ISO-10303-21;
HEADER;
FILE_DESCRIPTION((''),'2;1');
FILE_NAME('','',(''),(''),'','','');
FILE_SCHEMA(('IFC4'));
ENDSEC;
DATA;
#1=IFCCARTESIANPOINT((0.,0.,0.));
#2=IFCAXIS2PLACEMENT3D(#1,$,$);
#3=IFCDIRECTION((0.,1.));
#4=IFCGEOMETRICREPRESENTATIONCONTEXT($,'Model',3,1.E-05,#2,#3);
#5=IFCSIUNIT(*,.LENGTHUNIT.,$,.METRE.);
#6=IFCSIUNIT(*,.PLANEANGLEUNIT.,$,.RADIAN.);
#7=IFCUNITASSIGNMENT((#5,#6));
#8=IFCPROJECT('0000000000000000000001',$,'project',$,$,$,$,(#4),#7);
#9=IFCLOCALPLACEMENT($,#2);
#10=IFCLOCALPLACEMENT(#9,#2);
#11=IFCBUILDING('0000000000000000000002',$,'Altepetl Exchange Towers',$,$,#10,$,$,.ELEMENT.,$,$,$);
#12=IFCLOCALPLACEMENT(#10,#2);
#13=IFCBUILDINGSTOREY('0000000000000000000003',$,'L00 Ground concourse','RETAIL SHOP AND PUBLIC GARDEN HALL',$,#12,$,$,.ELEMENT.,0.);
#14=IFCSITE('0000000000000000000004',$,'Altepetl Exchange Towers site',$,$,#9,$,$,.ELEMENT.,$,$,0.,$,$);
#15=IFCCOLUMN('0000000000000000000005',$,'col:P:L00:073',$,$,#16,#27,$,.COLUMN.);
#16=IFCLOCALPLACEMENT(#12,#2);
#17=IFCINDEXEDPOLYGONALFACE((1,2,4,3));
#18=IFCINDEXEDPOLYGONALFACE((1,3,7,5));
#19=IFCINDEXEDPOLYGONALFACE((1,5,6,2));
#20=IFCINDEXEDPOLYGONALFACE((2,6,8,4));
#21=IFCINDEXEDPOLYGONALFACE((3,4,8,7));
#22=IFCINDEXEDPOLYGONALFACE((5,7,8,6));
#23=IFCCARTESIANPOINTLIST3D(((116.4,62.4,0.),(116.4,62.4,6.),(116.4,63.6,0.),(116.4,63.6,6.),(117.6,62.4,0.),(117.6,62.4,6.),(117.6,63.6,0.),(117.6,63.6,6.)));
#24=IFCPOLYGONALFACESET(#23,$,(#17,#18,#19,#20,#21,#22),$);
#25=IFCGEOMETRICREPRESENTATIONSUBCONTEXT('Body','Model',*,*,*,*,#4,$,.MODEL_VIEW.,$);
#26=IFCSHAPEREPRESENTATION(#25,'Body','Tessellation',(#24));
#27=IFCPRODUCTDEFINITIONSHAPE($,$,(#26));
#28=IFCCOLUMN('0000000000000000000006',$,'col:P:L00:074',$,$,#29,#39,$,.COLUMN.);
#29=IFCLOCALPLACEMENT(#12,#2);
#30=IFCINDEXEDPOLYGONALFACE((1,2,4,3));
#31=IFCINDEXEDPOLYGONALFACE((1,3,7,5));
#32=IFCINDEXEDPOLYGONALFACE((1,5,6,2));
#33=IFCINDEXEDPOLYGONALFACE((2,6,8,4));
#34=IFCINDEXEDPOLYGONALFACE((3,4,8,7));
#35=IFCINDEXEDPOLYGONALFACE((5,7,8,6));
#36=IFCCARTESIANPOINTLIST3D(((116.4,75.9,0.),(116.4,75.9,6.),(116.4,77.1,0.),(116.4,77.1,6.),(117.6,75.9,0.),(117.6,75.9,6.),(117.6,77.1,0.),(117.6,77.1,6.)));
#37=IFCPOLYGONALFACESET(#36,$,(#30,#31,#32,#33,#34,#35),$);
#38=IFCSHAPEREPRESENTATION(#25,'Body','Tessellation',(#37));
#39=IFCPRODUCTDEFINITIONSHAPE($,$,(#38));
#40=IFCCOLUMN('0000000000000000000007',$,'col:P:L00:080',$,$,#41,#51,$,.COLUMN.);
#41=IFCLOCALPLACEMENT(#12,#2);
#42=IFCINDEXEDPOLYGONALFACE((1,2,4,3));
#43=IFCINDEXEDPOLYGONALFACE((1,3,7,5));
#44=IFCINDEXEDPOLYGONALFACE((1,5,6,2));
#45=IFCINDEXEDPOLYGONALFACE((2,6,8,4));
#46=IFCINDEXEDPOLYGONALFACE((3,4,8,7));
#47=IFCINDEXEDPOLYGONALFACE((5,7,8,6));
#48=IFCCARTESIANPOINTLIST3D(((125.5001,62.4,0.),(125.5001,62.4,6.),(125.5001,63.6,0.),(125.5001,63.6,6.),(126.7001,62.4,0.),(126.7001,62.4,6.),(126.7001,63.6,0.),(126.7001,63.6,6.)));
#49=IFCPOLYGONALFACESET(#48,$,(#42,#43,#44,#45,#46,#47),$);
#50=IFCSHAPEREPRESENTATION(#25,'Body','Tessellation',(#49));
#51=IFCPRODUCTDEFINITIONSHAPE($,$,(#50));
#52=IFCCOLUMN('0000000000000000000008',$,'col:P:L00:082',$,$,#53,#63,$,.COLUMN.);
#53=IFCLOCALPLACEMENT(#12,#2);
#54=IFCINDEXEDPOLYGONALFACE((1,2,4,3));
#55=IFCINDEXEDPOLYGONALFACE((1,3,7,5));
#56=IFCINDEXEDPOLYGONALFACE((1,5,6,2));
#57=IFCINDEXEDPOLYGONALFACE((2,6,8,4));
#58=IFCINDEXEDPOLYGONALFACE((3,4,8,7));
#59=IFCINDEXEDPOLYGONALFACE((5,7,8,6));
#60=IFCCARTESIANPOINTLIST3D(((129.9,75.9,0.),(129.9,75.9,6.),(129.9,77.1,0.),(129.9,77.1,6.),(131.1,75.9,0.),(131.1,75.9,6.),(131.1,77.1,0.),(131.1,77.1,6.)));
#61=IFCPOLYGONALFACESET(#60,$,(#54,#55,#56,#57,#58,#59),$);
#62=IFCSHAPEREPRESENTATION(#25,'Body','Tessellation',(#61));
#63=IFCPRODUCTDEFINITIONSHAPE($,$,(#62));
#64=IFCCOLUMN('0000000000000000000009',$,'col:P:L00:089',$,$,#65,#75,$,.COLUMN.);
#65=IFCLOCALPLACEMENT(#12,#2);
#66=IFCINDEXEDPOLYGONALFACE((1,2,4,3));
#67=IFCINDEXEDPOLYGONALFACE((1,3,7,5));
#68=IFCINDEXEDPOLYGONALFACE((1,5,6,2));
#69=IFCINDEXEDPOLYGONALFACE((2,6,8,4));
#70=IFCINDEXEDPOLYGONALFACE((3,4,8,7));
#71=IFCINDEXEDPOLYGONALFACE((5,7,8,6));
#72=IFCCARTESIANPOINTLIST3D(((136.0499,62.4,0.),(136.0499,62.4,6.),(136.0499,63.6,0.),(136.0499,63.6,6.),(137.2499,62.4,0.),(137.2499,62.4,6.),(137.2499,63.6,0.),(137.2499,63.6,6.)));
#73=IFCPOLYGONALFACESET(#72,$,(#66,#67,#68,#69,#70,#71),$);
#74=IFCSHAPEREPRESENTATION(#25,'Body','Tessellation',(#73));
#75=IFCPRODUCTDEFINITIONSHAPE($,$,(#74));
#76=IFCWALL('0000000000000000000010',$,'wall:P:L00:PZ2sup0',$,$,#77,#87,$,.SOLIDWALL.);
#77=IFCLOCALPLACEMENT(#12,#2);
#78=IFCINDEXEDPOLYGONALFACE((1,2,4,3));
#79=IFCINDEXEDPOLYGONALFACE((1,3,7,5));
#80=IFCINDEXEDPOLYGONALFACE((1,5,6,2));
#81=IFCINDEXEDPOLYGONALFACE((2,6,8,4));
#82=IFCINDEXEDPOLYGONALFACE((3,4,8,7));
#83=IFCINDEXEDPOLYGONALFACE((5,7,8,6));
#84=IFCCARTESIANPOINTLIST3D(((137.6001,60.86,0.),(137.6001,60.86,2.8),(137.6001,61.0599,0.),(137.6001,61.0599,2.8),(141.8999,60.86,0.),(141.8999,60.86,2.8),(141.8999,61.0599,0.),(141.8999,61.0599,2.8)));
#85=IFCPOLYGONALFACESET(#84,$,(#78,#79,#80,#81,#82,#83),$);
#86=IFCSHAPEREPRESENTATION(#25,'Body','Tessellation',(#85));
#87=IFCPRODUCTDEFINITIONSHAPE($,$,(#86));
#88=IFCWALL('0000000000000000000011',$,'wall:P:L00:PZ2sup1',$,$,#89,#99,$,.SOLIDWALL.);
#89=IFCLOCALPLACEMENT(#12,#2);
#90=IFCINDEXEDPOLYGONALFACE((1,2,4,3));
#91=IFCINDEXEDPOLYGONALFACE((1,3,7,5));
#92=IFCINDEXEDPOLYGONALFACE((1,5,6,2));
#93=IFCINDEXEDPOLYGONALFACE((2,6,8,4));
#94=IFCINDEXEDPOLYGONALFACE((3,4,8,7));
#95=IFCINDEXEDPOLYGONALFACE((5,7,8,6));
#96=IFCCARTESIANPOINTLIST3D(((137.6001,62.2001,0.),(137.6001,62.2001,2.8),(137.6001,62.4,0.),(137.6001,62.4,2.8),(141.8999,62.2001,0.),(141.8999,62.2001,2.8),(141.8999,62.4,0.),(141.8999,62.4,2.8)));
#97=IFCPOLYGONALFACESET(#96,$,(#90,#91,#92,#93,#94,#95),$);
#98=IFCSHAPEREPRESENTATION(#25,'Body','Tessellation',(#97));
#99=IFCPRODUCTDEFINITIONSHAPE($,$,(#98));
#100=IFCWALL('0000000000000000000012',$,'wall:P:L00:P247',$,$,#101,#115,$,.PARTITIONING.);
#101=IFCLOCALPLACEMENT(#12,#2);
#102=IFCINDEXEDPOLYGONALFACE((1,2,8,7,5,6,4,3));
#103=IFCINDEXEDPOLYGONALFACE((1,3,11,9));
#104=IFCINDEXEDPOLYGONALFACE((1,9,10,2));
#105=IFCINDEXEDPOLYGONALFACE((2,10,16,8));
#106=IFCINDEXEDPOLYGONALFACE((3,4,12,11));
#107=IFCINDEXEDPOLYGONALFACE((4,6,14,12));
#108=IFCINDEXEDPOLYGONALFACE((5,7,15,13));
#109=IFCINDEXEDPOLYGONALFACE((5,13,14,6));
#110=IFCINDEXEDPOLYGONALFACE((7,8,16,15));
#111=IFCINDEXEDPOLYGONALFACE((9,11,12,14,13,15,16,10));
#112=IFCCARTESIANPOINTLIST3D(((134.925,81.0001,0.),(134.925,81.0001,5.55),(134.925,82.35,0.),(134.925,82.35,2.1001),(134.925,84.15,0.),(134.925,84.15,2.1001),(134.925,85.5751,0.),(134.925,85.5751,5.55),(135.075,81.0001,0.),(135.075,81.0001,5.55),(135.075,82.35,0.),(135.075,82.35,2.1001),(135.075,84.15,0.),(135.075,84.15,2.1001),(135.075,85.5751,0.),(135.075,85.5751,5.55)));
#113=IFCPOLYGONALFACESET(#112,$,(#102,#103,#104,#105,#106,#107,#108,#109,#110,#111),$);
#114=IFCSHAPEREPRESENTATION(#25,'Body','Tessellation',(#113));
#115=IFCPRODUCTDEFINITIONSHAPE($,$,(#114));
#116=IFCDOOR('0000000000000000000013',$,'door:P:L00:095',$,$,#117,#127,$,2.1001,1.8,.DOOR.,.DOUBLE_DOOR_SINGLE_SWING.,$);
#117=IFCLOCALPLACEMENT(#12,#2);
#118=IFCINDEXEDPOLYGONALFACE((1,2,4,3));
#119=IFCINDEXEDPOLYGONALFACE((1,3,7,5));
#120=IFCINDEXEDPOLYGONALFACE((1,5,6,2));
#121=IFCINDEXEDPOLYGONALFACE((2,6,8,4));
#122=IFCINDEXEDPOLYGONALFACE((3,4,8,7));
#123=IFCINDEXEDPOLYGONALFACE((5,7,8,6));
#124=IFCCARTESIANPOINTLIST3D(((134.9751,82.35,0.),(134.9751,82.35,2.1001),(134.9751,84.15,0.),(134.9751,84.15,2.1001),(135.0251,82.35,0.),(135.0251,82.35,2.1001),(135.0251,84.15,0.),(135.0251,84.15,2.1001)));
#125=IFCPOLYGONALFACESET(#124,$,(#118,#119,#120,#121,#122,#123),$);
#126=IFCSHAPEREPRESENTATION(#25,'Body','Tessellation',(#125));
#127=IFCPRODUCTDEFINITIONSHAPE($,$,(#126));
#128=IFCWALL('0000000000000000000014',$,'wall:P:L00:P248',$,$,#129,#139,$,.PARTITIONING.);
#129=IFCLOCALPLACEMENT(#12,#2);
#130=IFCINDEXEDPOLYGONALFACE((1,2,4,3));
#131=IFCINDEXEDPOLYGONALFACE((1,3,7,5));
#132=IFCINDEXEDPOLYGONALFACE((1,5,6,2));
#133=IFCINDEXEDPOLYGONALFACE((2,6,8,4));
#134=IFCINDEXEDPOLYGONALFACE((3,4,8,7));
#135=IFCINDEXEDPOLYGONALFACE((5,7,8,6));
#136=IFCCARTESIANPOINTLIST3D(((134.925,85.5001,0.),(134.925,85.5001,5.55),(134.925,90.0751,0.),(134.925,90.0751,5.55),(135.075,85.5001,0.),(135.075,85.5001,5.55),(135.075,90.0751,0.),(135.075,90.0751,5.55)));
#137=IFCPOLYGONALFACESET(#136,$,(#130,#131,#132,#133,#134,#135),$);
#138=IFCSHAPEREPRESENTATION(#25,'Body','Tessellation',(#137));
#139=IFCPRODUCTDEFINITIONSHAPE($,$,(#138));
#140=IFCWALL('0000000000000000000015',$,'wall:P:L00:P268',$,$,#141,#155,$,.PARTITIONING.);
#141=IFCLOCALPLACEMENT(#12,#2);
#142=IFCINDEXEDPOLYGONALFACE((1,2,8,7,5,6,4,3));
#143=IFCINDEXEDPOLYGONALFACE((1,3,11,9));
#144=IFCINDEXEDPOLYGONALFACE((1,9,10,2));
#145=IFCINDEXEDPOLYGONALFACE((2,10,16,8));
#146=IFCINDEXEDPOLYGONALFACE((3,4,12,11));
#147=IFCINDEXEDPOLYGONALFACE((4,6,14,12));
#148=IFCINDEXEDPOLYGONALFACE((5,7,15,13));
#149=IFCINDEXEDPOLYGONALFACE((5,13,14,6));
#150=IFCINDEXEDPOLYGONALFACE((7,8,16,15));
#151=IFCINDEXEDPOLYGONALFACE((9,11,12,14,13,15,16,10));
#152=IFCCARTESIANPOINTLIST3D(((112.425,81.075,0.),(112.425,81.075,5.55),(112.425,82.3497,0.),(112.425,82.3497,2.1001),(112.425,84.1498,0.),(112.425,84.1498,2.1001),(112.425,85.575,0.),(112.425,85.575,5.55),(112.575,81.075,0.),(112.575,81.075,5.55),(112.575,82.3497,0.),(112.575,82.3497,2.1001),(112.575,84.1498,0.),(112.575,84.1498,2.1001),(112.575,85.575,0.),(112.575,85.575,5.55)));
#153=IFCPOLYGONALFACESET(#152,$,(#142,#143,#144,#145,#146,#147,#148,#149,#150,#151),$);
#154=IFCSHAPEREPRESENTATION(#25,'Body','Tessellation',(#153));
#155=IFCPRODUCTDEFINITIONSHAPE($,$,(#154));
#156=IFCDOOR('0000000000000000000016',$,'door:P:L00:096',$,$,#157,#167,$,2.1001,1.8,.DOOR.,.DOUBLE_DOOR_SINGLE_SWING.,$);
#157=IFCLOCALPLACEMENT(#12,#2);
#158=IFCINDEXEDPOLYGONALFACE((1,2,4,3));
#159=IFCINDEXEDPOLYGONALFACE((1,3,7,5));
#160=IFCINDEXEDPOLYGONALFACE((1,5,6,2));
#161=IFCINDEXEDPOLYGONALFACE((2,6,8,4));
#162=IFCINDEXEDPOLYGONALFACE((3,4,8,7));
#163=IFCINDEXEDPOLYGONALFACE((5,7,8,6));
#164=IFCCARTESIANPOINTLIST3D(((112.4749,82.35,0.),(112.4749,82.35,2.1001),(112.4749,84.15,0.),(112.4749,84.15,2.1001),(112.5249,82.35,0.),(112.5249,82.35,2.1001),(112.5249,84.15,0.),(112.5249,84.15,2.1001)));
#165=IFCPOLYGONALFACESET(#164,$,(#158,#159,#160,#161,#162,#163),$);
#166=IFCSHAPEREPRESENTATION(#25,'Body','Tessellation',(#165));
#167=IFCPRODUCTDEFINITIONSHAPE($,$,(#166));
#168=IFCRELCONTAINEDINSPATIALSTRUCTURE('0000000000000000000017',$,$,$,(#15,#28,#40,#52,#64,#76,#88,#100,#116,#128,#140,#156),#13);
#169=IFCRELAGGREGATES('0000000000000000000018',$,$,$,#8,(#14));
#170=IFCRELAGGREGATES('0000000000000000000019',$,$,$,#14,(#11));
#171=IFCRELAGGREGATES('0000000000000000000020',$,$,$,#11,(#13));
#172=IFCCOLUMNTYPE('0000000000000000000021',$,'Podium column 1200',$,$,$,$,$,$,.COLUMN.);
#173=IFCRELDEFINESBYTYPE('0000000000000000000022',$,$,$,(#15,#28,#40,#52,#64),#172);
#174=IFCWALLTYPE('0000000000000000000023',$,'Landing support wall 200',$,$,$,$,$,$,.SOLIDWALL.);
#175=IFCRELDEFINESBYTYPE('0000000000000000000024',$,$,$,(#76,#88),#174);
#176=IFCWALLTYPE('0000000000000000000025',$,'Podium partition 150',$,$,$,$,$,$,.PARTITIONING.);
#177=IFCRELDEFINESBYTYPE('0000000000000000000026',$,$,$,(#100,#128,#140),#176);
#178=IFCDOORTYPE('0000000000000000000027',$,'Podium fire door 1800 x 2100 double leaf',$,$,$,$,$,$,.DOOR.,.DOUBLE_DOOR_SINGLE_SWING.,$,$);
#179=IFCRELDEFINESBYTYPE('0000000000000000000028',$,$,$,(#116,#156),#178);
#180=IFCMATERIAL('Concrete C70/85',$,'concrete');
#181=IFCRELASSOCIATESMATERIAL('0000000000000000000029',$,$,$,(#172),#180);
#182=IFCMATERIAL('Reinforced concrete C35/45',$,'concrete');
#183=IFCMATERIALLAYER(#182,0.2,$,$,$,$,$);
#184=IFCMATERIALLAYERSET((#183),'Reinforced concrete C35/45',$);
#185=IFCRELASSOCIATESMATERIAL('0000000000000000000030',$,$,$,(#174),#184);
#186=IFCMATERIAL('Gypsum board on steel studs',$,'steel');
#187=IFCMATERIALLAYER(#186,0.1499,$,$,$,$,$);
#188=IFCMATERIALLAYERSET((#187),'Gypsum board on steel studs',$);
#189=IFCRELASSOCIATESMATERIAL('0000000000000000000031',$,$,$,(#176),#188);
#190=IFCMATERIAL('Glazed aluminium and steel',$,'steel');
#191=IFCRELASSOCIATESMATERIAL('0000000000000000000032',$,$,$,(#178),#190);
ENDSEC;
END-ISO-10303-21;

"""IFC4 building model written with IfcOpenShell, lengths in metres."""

from ifc_helpers import new_model, si_unit, direction, frame, frame_2d, origin, origin_2d, place, context, subcontext, project, spatial, rectangle, extrude, material, layer, layer_set, material_profile, profile_set, type_object, element, fill, save


model = new_model("IFC4")

# Units and contexts
model_context = context("Model", 3, precision=1e-05, world=origin(), true_north=direction((0.0, 1.0)))
body_context = subcontext(model_context, "Body", "Model", "MODEL_VIEW")
ifc_project = project(units=[si_unit("LENGTHUNIT", "METRE"), si_unit("PLANEANGLEUNIT", "RADIAN")], contexts=[model_context])

# Site, building, storey
site_placement = place(None, origin())
site = spatial("IfcSite", under=ifc_project, at=site_placement, Name="Altepetl Exchange Towers site", CompositionType="ELEMENT", RefElevation=0.0)
building_placement = place(site_placement, origin())
building = spatial("IfcBuilding", under=site, at=building_placement, Name="Altepetl Exchange Towers", CompositionType="ELEMENT")
storey_placement = place(building_placement, origin())
storey = spatial("IfcBuildingStorey", under=building, at=storey_placement, Name="L00 Ground concourse", Description="RETAIL SHOP AND PUBLIC GARDEN HALL", CompositionType="ELEMENT", Elevation=0.0)

# Columns
ifc_material_1 = material(Name="Concrete C70/85", Category="concrete")
ifc_material_profile = material_profile(ifc_material_1, rectangle(XDim=1.2, YDim=1.2, at=origin_2d()), Name="1200 x 1200")
ifc_profile_set = profile_set([ifc_material_profile], Name="Concrete C70/85")
column_type = type_object("IfcColumnType", Name="Podium column 1200", PredefinedType="COLUMN", material=ifc_profile_set)
for number, where, name in (
    (1, (117.0, 63.0, 0.0), "col:P:L00:073"),
    (2, (117.0, 76.5, 0.0), "col:P:L00:074"),
    (3, (126.1001, 63.0, 0.0), "col:P:L00:080"),
    (4, (130.5, 76.5, 0.0), "col:P:L00:082"),
    (5, (136.6499, 63.0, 0.0), "col:P:L00:089"),
):
    element("IfcColumn", number, at=place(storey_placement, frame(where)), inside=storey, type_object=column_type, Name=name, PredefinedType="COLUMN", context=body_context, shape_type="SweptSolid", body=[
        extrude(rectangle(XDim=1.2, YDim=1.2, at=origin_2d()), origin(), (0.0, 0.0, 1.0), 6.0),
    ])

# Walls
ifc_material_2 = material(Name="Reinforced concrete C35/45", Category="concrete")
ifc_layer_1 = layer(ifc_material_2, 0.2)
ifc_layer_set_1 = layer_set([ifc_layer_1], Name="Reinforced concrete C35/45")
wall_type_1 = type_object("IfcWallType", Name="Landing support wall 200", PredefinedType="SOLIDWALL", material=ifc_layer_set_1)
for number, where, name in (
    (6, (137.6001, 60.96, 0.0), "wall:P:L00:PZ2sup0"),
    (7, (137.6001, 62.3, 0.0), "wall:P:L00:PZ2sup1"),
):
    element("IfcWall", number, at=place(storey_placement, frame(where)), inside=storey, type_object=wall_type_1, Name=name, PredefinedType="SOLIDWALL", context=body_context, shape_type="SweptSolid", body=[
        extrude(rectangle(XDim=4.2998, YDim=0.2, at=frame_2d((2.1499, 0.0))), origin(), (0.0, 0.0, 1.0), 2.8),
    ])

# Wall, opening, door
ifc_material_3 = material(Name="Gypsum board on steel studs", Category="steel")
ifc_layer_2 = layer(ifc_material_3, 0.1499)
ifc_layer_set_2 = layer_set([ifc_layer_2], Name="Gypsum board on steel studs")
wall_type_2 = type_object("IfcWallType", Name="Podium partition 150", PredefinedType="PARTITIONING", material=ifc_layer_set_2)
wall_1_placement = place(storey_placement, frame((135.0, 81.0, 0.0), z_axis=(0.0, 0.0, 1.0), x_axis=(0.0, 1.0, 0.0)))
wall_1 = element("IfcWall", 8, at=wall_1_placement, inside=storey, type_object=wall_type_2, Name="wall:P:L00:P247", PredefinedType="PARTITIONING", context=body_context, shape_type="SweptSolid", body=[
    extrude(rectangle(XDim=4.575, YDim=0.1499, at=frame_2d((2.2876, 0.0))), origin(), (0.0, 0.0, 1.0), 5.55),
])
opening_1_placement = place(wall_1_placement, frame((1.3501, 0.0, 0.0)))
opening_1 = element("IfcOpeningElement", 9, at=opening_1_placement, cuts=wall_1, PredefinedType="OPENING", context=body_context, shape_type="SweptSolid", body=[
    extrude(rectangle(XDim=1.8, YDim=2.1001, at=frame_2d((0.8999, 1.05))), frame((0.0, 0.085, 0.0), z_axis=(0.0, -1.0, 0.0), x_axis=(1.0, 0.0, 0.0)), (0.0, 0.0, 1.0), 0.1699),
])
ifc_material_4 = material(Name="Glazed aluminium and steel", Category="steel")
door_type = type_object("IfcDoorType", Name="Podium fire door 1800 x 2100 double leaf", OperationType="DOUBLE_DOOR_SINGLE_SWING", PredefinedType="DOOR", material=ifc_material_4)
door_1_placement = place(opening_1_placement, origin())
door_1 = element("IfcDoor", 10, at=door_1_placement, inside=storey, type_object=door_type, Name="door:P:L00:095", OperationType="DOUBLE_DOOR_SINGLE_SWING", OverallHeight=2.1001, OverallWidth=1.8, PredefinedType="DOOR", context=body_context, shape_type="SweptSolid", body=[
    extrude(rectangle(XDim=1.8, YDim=2.1001, at=frame_2d((0.8999, 1.05))), frame((0.0, 0.0249, 0.0), z_axis=(0.0, -1.0, 0.0), x_axis=(1.0, 0.0, 0.0)), (0.0, 0.0, 1.0), 0.05),
])
fill(opening_1, door_1)

# Wall
wall_2_placement = place(storey_placement, frame((135.0, 85.5, 0.0), z_axis=(0.0, 0.0, 1.0), x_axis=(0.0, 1.0, 0.0)))
element("IfcWall", 11, at=wall_2_placement, inside=storey, type_object=wall_type_2, Name="wall:P:L00:P248", PredefinedType="PARTITIONING", context=body_context, shape_type="SweptSolid", body=[
    extrude(rectangle(XDim=4.575, YDim=0.1499, at=frame_2d((2.2876, 0.0))), origin(), (0.0, 0.0, 1.0), 5.55),
])

# Wall, opening, door
wall_3_placement = place(storey_placement, frame((112.5, 81.075, 0.0), z_axis=(0.0, 0.0, 1.0), x_axis=(0.0, 1.0, 0.0)))
wall_3 = element("IfcWall", 12, at=wall_3_placement, inside=storey, type_object=wall_type_2, Name="wall:P:L00:P268", PredefinedType="PARTITIONING", context=body_context, shape_type="SweptSolid", body=[
    extrude(rectangle(XDim=4.5, YDim=0.1499, at=frame_2d((2.25, 0.0))), origin(), (0.0, 0.0, 1.0), 5.55),
])
opening_2_placement = place(wall_3_placement, frame((1.2749, 0.0, 0.0)))
opening_2 = element("IfcOpeningElement", 13, at=opening_2_placement, cuts=wall_3, PredefinedType="OPENING", context=body_context, shape_type="SweptSolid", body=[
    extrude(rectangle(XDim=1.8, YDim=2.1001, at=frame_2d((0.8999, 1.05))), frame((0.0, 0.085, 0.0), z_axis=(0.0, -1.0, 0.0), x_axis=(1.0, 0.0, 0.0)), (0.0, 0.0, 1.0), 0.1699),
])
door_2_placement = place(opening_2_placement, frame((1.8, 0.0, 0.0), x_axis=(-1.0, 0.0, 0.0)))
door_2 = element("IfcDoor", 14, at=door_2_placement, inside=storey, type_object=door_type, Name="door:P:L00:096", OperationType="DOUBLE_DOOR_SINGLE_SWING", OverallHeight=2.1001, OverallWidth=1.8, PredefinedType="DOOR", context=body_context, shape_type="SweptSolid", body=[
    extrude(rectangle(XDim=1.8, YDim=2.1001, at=frame_2d((0.8999, 1.05))), frame((0.0, 0.0249, 0.0), z_axis=(0.0, -1.0, 0.0), x_axis=(1.0, 0.0, 0.0)), (0.0, 0.0, 1.0), 0.05),
])
fill(opening_2, door_2)

save(model, "model.ifc")
